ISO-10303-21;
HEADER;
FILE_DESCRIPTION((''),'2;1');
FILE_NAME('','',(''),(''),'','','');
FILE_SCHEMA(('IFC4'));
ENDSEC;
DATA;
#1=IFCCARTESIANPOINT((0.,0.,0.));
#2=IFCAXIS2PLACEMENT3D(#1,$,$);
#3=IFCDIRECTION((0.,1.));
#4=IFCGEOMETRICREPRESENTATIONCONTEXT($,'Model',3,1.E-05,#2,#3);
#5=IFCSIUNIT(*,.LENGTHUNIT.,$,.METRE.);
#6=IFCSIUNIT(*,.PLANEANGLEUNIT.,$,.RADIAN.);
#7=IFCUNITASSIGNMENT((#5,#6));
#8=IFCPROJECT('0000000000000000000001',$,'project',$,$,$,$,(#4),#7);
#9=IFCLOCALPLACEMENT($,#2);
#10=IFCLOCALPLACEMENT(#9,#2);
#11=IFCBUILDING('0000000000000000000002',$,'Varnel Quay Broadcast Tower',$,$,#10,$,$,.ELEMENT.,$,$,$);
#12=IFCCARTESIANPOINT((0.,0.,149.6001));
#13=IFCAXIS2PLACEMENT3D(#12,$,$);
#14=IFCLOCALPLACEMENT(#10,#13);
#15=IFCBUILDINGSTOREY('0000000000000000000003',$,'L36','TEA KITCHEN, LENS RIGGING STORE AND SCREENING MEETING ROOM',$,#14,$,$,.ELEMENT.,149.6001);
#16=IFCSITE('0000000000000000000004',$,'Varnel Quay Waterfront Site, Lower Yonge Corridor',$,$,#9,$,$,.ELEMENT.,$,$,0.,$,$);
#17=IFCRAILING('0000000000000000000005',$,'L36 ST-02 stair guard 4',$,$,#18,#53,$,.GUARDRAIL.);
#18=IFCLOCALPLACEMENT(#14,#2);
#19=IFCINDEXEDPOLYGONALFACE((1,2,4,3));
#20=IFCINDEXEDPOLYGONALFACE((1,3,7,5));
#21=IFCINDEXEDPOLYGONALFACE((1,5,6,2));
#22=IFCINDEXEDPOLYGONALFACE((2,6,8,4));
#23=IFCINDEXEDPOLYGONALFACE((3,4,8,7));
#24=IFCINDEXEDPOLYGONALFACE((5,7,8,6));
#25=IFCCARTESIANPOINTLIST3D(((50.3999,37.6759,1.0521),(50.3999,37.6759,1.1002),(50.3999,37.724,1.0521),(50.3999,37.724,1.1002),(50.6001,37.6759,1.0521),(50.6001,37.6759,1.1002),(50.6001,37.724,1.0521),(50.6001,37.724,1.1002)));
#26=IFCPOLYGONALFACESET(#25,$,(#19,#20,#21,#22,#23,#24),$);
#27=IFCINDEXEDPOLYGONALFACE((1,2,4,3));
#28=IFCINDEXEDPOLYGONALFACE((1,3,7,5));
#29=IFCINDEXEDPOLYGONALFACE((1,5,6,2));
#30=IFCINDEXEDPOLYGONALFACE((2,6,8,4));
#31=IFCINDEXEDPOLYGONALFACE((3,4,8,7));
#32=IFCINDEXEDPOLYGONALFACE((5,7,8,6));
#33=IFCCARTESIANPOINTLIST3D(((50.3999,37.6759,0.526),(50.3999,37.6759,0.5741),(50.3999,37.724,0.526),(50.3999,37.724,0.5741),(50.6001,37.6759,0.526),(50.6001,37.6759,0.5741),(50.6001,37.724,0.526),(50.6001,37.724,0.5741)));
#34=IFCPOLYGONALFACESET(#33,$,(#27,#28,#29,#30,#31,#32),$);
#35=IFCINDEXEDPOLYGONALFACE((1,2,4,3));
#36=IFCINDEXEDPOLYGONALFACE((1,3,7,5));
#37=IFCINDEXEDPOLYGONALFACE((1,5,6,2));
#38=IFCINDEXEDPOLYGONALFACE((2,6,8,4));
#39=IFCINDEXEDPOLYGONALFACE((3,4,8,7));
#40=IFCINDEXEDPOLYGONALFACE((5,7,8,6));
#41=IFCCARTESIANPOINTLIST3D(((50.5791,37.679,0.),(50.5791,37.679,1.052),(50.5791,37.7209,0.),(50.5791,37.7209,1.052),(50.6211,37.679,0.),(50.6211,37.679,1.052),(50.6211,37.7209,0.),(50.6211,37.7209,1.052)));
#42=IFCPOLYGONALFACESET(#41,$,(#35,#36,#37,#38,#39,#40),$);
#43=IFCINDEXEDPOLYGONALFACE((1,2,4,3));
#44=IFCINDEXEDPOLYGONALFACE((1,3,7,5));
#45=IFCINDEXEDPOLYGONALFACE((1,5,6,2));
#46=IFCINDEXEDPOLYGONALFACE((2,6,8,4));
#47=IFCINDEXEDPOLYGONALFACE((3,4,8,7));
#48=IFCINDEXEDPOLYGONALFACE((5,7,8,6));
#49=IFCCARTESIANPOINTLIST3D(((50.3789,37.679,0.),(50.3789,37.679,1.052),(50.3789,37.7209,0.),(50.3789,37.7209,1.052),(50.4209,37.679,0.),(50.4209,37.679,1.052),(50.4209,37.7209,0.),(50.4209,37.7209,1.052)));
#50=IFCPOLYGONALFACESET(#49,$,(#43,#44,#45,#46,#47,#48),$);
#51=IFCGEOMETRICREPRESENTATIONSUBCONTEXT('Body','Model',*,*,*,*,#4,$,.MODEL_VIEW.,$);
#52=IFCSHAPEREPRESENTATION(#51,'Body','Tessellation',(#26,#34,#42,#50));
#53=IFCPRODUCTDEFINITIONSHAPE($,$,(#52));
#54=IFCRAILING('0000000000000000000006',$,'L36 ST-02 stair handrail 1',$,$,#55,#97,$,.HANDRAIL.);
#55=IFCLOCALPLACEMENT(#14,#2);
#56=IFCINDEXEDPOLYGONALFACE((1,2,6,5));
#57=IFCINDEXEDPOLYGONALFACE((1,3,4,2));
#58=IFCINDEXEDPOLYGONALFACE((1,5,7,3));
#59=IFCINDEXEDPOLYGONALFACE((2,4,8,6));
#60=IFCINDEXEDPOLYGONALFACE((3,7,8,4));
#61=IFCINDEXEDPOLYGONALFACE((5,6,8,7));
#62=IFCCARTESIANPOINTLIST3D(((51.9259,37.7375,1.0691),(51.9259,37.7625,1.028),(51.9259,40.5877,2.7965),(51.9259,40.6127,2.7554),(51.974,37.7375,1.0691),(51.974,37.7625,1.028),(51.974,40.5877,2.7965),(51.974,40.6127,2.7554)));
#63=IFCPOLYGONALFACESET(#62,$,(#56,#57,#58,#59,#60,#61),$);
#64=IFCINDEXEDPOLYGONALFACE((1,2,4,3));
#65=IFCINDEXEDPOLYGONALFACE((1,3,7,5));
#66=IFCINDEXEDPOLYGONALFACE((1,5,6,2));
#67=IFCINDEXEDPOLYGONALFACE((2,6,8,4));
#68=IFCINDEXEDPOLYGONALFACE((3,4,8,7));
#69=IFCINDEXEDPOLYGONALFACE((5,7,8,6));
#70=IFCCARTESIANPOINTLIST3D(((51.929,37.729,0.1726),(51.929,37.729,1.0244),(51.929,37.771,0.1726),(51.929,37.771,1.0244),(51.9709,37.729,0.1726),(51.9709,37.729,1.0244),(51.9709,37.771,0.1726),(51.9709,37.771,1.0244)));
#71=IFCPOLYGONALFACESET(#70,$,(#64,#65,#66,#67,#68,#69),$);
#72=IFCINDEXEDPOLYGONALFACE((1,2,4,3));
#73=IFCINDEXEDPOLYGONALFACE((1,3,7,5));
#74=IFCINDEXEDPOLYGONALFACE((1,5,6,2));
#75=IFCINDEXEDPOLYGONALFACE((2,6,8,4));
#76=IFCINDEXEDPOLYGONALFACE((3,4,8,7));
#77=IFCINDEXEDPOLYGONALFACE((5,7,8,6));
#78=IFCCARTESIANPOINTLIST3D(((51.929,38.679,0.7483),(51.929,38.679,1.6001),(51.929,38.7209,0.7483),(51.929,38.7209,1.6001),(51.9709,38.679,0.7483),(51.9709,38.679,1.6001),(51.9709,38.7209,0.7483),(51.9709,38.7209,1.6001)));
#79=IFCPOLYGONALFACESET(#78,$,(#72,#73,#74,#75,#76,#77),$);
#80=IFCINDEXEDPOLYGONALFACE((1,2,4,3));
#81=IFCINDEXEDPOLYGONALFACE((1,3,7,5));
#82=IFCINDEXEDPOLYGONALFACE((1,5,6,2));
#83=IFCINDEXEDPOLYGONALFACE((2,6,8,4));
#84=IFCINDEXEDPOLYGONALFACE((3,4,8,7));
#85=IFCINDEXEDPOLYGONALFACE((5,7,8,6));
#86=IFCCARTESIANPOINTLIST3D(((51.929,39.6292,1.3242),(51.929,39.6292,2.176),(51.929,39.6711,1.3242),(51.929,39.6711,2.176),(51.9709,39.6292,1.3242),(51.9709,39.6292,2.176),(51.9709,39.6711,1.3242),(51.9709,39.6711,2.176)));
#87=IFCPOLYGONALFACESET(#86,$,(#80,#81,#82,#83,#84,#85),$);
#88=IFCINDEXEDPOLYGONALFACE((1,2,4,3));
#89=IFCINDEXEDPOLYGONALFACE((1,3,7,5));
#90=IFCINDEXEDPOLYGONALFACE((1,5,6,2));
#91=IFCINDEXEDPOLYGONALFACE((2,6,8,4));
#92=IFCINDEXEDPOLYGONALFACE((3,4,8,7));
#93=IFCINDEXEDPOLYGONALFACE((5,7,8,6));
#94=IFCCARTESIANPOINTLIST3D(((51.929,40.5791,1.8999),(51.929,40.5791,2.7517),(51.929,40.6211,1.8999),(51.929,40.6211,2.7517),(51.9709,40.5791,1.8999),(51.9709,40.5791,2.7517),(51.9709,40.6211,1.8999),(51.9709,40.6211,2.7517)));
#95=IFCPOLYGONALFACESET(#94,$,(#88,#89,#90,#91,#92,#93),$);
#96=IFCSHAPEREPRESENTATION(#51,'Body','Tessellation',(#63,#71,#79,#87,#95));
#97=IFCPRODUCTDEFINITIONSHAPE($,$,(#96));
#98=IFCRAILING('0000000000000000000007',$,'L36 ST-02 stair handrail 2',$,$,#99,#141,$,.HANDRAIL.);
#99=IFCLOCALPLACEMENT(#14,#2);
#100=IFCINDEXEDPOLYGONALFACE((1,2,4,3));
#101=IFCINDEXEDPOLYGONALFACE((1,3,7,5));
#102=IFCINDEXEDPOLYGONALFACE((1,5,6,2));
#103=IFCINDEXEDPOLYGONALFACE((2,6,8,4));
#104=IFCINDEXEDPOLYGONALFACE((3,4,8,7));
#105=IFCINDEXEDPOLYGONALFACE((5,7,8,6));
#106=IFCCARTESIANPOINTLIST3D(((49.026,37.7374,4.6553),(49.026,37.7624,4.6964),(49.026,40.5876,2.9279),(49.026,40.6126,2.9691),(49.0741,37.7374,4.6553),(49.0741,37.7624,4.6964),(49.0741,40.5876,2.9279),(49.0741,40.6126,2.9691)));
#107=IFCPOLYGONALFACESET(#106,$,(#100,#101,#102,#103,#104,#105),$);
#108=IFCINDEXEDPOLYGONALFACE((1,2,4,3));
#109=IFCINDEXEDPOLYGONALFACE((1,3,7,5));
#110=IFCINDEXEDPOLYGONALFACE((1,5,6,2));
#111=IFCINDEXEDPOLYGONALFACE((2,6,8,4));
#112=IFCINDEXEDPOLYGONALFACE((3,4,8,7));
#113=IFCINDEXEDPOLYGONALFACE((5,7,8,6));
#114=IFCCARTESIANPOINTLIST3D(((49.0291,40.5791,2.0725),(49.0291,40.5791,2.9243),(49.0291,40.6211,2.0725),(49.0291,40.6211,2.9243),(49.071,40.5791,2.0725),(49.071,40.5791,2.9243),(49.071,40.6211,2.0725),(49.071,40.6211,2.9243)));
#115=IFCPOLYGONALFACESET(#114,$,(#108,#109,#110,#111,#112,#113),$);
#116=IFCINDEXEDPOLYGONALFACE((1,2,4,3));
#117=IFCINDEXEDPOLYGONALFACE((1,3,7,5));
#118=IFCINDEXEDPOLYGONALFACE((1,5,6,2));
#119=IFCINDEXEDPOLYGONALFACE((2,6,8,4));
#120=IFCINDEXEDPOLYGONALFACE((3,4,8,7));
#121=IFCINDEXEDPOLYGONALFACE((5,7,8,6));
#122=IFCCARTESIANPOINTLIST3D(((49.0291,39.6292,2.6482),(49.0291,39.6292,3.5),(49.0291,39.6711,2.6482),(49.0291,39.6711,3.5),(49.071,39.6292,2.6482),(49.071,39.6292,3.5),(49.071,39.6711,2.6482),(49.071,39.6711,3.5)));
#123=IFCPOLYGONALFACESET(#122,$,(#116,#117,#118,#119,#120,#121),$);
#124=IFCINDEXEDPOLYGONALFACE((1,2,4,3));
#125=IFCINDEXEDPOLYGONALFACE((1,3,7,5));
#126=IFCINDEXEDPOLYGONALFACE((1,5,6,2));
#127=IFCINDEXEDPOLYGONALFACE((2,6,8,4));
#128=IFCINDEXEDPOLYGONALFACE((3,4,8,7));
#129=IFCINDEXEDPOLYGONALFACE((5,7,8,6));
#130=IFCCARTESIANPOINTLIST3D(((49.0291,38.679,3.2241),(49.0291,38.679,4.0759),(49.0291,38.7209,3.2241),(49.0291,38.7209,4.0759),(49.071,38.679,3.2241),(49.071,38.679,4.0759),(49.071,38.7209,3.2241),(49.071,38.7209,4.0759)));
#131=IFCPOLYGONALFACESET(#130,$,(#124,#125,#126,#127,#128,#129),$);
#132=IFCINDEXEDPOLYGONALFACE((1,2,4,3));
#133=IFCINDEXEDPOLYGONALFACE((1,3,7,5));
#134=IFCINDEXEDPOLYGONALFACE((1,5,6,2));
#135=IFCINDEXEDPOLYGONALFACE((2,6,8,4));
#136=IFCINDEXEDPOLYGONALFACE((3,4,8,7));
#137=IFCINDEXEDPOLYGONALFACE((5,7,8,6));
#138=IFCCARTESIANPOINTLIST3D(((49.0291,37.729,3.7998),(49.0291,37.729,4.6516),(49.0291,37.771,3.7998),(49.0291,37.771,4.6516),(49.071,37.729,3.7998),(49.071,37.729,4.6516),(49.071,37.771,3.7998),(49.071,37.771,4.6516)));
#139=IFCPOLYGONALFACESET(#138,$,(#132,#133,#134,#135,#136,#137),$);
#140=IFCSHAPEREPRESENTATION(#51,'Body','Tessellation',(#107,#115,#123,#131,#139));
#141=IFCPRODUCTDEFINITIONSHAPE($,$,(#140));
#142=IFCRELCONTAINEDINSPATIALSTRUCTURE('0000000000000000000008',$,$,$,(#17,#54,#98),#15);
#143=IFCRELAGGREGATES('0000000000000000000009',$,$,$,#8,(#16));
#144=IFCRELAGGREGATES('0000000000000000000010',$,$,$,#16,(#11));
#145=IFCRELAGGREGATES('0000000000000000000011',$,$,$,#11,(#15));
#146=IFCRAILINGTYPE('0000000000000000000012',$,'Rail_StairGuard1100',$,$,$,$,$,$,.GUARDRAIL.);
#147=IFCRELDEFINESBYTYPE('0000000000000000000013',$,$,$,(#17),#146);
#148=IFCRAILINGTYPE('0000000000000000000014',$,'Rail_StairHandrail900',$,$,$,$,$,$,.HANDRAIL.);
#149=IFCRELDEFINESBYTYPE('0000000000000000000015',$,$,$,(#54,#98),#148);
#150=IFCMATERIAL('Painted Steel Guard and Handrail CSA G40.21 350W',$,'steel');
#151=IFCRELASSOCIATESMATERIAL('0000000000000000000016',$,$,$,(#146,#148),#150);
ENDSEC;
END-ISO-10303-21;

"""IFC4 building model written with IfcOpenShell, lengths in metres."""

from ifc_helpers import new_model, si_unit, direction, frame, origin, origin_2d, place, context, subcontext, project, spatial, rectangle, extrude, material, type_object, element, save


model = new_model("IFC4")

# Units and contexts
model_context = context("Model", 3, precision=1e-05, world=origin(), true_north=direction((0.0, 1.0)))
body_context = subcontext(model_context, "Body", "Model", "MODEL_VIEW")
ifc_project = project(units=[si_unit("LENGTHUNIT", "METRE"), si_unit("PLANEANGLEUNIT", "RADIAN")], contexts=[model_context])

# Site, building, storey
site_placement = place(None, origin())
site = spatial("IfcSite", under=ifc_project, at=site_placement, Name="Varnel Quay Waterfront Site, Lower Yonge Corridor", CompositionType="ELEMENT", RefElevation=0.0)
building_placement = place(site_placement, origin())
building = spatial("IfcBuilding", under=site, at=building_placement, Name="Varnel Quay Broadcast Tower", CompositionType="ELEMENT")
storey_placement = place(building_placement, frame((0.0, 0.0, 149.6001)))
storey = spatial("IfcBuildingStorey", under=building, at=storey_placement, Name="L36", Description="TEA KITCHEN, LENS RIGGING STORE AND SCREENING MEETING ROOM", CompositionType="ELEMENT", Elevation=149.6001)

# Railings
ifc_material_1 = material(Name="Painted Steel Guard and Handrail CSA G40.21 350W", Category="steel")
railing_type_1 = type_object("IfcRailingType", Name="Rail_StairGuard1100", PredefinedType="GUARDRAIL", material=ifc_material_1)
railing_1_placement = place(storey_placement, frame((50.6001, 37.7, 0.0)))
element("IfcRailing", 1, at=railing_1_placement, inside=storey, type_object=railing_type_1, Name="L36 ST-02 stair guard 4", PredefinedType="GUARDRAIL", context=body_context, shape_type="SweptSolid", body=[
    extrude(rectangle(XDim=0.0481, YDim=0.0481, at=origin_2d()), frame((0.0, 0.0, 1.0762), z_axis=(-1.0, 0.0, 0.0), x_axis=(0.0, -1.0, 0.0)), (0.0, 0.0, 1.0), 0.2002),
    extrude(rectangle(XDim=0.0481, YDim=0.0481, at=origin_2d()), frame((0.0, 0.0, 0.55), z_axis=(-1.0, 0.0, 0.0), x_axis=(0.0, -1.0, 0.0)), (0.0, 0.0, 1.0), 0.2002),
    extrude(rectangle(XDim=0.042, YDim=0.042, at=origin_2d()), origin(), (0.0, 0.0, 1.0), 1.052),
    extrude(rectangle(XDim=0.042, YDim=0.042, at=origin_2d()), frame((-0.2002, 0.0, 0.0)), (0.0, 0.0, 1.0), 1.052),
])
railing_type_2 = type_object("IfcRailingType", Name="Rail_StairHandrail900", PredefinedType="HANDRAIL", material=ifc_material_1)
railing_2_placement = place(storey_placement, frame((51.95, 37.75, 0.1726)))
element("IfcRailing", 2, at=railing_2_placement, inside=storey, type_object=railing_type_2, Name="L36 ST-02 stair handrail 1", PredefinedType="HANDRAIL", context=body_context, shape_type="SweptSolid", body=[
    extrude(rectangle(XDim=0.0481, YDim=0.0481, at=origin_2d()), frame((0.0, 0.0, 0.876), z_axis=(0.0, 0.855203, 0.518294), x_axis=(-1.0, 0.0, 0.0)), (0.0, 0.0, 1.0), 3.3328),
    extrude(rectangle(XDim=0.042, YDim=0.042, at=origin_2d()), origin(), (0.0, 0.0, 1.0), 0.8518),
    extrude(rectangle(XDim=0.042, YDim=0.042, at=origin_2d()), frame((0.0, 0.95, 0.5757)), (0.0, 0.0, 1.0), 0.8518),
    extrude(rectangle(XDim=0.042, YDim=0.042, at=origin_2d()), frame((0.0, 1.9001, 1.1516)), (0.0, 0.0, 1.0), 0.8518),
    extrude(rectangle(XDim=0.042, YDim=0.042, at=origin_2d()), frame((0.0, 2.8501, 1.7273)), (0.0, 0.0, 1.0), 0.8518),
])
railing_3_placement = place(storey_placement, frame((49.05, 40.6001, 2.0725)))
element("IfcRailing", 3, at=railing_3_placement, inside=storey, type_object=railing_type_2, Name="L36 ST-02 stair handrail 2", PredefinedType="HANDRAIL", context=body_context, shape_type="SweptSolid", body=[
    extrude(rectangle(XDim=0.0481, YDim=0.0481, at=origin_2d()), frame((0.0, 0.0, 0.876), z_axis=(0.0, -0.855203, 0.518294), x_axis=(1.0, 0.0, 0.0)), (0.0, 0.0, 1.0), 3.3328),
    extrude(rectangle(XDim=0.042, YDim=0.042, at=origin_2d()), origin(), (0.0, 0.0, 1.0), 0.8518),
    extrude(rectangle(XDim=0.042, YDim=0.042, at=origin_2d()), frame((0.0, -0.95, 0.5757)), (0.0, 0.0, 1.0), 0.8518),
    extrude(rectangle(XDim=0.042, YDim=0.042, at=origin_2d()), frame((0.0, -1.9001, 1.1516)), (0.0, 0.0, 1.0), 0.8518),
    extrude(rectangle(XDim=0.042, YDim=0.042, at=origin_2d()), frame((0.0, -2.8501, 1.7273)), (0.0, 0.0, 1.0), 0.8518),
])

save(model, "model.ifc")
